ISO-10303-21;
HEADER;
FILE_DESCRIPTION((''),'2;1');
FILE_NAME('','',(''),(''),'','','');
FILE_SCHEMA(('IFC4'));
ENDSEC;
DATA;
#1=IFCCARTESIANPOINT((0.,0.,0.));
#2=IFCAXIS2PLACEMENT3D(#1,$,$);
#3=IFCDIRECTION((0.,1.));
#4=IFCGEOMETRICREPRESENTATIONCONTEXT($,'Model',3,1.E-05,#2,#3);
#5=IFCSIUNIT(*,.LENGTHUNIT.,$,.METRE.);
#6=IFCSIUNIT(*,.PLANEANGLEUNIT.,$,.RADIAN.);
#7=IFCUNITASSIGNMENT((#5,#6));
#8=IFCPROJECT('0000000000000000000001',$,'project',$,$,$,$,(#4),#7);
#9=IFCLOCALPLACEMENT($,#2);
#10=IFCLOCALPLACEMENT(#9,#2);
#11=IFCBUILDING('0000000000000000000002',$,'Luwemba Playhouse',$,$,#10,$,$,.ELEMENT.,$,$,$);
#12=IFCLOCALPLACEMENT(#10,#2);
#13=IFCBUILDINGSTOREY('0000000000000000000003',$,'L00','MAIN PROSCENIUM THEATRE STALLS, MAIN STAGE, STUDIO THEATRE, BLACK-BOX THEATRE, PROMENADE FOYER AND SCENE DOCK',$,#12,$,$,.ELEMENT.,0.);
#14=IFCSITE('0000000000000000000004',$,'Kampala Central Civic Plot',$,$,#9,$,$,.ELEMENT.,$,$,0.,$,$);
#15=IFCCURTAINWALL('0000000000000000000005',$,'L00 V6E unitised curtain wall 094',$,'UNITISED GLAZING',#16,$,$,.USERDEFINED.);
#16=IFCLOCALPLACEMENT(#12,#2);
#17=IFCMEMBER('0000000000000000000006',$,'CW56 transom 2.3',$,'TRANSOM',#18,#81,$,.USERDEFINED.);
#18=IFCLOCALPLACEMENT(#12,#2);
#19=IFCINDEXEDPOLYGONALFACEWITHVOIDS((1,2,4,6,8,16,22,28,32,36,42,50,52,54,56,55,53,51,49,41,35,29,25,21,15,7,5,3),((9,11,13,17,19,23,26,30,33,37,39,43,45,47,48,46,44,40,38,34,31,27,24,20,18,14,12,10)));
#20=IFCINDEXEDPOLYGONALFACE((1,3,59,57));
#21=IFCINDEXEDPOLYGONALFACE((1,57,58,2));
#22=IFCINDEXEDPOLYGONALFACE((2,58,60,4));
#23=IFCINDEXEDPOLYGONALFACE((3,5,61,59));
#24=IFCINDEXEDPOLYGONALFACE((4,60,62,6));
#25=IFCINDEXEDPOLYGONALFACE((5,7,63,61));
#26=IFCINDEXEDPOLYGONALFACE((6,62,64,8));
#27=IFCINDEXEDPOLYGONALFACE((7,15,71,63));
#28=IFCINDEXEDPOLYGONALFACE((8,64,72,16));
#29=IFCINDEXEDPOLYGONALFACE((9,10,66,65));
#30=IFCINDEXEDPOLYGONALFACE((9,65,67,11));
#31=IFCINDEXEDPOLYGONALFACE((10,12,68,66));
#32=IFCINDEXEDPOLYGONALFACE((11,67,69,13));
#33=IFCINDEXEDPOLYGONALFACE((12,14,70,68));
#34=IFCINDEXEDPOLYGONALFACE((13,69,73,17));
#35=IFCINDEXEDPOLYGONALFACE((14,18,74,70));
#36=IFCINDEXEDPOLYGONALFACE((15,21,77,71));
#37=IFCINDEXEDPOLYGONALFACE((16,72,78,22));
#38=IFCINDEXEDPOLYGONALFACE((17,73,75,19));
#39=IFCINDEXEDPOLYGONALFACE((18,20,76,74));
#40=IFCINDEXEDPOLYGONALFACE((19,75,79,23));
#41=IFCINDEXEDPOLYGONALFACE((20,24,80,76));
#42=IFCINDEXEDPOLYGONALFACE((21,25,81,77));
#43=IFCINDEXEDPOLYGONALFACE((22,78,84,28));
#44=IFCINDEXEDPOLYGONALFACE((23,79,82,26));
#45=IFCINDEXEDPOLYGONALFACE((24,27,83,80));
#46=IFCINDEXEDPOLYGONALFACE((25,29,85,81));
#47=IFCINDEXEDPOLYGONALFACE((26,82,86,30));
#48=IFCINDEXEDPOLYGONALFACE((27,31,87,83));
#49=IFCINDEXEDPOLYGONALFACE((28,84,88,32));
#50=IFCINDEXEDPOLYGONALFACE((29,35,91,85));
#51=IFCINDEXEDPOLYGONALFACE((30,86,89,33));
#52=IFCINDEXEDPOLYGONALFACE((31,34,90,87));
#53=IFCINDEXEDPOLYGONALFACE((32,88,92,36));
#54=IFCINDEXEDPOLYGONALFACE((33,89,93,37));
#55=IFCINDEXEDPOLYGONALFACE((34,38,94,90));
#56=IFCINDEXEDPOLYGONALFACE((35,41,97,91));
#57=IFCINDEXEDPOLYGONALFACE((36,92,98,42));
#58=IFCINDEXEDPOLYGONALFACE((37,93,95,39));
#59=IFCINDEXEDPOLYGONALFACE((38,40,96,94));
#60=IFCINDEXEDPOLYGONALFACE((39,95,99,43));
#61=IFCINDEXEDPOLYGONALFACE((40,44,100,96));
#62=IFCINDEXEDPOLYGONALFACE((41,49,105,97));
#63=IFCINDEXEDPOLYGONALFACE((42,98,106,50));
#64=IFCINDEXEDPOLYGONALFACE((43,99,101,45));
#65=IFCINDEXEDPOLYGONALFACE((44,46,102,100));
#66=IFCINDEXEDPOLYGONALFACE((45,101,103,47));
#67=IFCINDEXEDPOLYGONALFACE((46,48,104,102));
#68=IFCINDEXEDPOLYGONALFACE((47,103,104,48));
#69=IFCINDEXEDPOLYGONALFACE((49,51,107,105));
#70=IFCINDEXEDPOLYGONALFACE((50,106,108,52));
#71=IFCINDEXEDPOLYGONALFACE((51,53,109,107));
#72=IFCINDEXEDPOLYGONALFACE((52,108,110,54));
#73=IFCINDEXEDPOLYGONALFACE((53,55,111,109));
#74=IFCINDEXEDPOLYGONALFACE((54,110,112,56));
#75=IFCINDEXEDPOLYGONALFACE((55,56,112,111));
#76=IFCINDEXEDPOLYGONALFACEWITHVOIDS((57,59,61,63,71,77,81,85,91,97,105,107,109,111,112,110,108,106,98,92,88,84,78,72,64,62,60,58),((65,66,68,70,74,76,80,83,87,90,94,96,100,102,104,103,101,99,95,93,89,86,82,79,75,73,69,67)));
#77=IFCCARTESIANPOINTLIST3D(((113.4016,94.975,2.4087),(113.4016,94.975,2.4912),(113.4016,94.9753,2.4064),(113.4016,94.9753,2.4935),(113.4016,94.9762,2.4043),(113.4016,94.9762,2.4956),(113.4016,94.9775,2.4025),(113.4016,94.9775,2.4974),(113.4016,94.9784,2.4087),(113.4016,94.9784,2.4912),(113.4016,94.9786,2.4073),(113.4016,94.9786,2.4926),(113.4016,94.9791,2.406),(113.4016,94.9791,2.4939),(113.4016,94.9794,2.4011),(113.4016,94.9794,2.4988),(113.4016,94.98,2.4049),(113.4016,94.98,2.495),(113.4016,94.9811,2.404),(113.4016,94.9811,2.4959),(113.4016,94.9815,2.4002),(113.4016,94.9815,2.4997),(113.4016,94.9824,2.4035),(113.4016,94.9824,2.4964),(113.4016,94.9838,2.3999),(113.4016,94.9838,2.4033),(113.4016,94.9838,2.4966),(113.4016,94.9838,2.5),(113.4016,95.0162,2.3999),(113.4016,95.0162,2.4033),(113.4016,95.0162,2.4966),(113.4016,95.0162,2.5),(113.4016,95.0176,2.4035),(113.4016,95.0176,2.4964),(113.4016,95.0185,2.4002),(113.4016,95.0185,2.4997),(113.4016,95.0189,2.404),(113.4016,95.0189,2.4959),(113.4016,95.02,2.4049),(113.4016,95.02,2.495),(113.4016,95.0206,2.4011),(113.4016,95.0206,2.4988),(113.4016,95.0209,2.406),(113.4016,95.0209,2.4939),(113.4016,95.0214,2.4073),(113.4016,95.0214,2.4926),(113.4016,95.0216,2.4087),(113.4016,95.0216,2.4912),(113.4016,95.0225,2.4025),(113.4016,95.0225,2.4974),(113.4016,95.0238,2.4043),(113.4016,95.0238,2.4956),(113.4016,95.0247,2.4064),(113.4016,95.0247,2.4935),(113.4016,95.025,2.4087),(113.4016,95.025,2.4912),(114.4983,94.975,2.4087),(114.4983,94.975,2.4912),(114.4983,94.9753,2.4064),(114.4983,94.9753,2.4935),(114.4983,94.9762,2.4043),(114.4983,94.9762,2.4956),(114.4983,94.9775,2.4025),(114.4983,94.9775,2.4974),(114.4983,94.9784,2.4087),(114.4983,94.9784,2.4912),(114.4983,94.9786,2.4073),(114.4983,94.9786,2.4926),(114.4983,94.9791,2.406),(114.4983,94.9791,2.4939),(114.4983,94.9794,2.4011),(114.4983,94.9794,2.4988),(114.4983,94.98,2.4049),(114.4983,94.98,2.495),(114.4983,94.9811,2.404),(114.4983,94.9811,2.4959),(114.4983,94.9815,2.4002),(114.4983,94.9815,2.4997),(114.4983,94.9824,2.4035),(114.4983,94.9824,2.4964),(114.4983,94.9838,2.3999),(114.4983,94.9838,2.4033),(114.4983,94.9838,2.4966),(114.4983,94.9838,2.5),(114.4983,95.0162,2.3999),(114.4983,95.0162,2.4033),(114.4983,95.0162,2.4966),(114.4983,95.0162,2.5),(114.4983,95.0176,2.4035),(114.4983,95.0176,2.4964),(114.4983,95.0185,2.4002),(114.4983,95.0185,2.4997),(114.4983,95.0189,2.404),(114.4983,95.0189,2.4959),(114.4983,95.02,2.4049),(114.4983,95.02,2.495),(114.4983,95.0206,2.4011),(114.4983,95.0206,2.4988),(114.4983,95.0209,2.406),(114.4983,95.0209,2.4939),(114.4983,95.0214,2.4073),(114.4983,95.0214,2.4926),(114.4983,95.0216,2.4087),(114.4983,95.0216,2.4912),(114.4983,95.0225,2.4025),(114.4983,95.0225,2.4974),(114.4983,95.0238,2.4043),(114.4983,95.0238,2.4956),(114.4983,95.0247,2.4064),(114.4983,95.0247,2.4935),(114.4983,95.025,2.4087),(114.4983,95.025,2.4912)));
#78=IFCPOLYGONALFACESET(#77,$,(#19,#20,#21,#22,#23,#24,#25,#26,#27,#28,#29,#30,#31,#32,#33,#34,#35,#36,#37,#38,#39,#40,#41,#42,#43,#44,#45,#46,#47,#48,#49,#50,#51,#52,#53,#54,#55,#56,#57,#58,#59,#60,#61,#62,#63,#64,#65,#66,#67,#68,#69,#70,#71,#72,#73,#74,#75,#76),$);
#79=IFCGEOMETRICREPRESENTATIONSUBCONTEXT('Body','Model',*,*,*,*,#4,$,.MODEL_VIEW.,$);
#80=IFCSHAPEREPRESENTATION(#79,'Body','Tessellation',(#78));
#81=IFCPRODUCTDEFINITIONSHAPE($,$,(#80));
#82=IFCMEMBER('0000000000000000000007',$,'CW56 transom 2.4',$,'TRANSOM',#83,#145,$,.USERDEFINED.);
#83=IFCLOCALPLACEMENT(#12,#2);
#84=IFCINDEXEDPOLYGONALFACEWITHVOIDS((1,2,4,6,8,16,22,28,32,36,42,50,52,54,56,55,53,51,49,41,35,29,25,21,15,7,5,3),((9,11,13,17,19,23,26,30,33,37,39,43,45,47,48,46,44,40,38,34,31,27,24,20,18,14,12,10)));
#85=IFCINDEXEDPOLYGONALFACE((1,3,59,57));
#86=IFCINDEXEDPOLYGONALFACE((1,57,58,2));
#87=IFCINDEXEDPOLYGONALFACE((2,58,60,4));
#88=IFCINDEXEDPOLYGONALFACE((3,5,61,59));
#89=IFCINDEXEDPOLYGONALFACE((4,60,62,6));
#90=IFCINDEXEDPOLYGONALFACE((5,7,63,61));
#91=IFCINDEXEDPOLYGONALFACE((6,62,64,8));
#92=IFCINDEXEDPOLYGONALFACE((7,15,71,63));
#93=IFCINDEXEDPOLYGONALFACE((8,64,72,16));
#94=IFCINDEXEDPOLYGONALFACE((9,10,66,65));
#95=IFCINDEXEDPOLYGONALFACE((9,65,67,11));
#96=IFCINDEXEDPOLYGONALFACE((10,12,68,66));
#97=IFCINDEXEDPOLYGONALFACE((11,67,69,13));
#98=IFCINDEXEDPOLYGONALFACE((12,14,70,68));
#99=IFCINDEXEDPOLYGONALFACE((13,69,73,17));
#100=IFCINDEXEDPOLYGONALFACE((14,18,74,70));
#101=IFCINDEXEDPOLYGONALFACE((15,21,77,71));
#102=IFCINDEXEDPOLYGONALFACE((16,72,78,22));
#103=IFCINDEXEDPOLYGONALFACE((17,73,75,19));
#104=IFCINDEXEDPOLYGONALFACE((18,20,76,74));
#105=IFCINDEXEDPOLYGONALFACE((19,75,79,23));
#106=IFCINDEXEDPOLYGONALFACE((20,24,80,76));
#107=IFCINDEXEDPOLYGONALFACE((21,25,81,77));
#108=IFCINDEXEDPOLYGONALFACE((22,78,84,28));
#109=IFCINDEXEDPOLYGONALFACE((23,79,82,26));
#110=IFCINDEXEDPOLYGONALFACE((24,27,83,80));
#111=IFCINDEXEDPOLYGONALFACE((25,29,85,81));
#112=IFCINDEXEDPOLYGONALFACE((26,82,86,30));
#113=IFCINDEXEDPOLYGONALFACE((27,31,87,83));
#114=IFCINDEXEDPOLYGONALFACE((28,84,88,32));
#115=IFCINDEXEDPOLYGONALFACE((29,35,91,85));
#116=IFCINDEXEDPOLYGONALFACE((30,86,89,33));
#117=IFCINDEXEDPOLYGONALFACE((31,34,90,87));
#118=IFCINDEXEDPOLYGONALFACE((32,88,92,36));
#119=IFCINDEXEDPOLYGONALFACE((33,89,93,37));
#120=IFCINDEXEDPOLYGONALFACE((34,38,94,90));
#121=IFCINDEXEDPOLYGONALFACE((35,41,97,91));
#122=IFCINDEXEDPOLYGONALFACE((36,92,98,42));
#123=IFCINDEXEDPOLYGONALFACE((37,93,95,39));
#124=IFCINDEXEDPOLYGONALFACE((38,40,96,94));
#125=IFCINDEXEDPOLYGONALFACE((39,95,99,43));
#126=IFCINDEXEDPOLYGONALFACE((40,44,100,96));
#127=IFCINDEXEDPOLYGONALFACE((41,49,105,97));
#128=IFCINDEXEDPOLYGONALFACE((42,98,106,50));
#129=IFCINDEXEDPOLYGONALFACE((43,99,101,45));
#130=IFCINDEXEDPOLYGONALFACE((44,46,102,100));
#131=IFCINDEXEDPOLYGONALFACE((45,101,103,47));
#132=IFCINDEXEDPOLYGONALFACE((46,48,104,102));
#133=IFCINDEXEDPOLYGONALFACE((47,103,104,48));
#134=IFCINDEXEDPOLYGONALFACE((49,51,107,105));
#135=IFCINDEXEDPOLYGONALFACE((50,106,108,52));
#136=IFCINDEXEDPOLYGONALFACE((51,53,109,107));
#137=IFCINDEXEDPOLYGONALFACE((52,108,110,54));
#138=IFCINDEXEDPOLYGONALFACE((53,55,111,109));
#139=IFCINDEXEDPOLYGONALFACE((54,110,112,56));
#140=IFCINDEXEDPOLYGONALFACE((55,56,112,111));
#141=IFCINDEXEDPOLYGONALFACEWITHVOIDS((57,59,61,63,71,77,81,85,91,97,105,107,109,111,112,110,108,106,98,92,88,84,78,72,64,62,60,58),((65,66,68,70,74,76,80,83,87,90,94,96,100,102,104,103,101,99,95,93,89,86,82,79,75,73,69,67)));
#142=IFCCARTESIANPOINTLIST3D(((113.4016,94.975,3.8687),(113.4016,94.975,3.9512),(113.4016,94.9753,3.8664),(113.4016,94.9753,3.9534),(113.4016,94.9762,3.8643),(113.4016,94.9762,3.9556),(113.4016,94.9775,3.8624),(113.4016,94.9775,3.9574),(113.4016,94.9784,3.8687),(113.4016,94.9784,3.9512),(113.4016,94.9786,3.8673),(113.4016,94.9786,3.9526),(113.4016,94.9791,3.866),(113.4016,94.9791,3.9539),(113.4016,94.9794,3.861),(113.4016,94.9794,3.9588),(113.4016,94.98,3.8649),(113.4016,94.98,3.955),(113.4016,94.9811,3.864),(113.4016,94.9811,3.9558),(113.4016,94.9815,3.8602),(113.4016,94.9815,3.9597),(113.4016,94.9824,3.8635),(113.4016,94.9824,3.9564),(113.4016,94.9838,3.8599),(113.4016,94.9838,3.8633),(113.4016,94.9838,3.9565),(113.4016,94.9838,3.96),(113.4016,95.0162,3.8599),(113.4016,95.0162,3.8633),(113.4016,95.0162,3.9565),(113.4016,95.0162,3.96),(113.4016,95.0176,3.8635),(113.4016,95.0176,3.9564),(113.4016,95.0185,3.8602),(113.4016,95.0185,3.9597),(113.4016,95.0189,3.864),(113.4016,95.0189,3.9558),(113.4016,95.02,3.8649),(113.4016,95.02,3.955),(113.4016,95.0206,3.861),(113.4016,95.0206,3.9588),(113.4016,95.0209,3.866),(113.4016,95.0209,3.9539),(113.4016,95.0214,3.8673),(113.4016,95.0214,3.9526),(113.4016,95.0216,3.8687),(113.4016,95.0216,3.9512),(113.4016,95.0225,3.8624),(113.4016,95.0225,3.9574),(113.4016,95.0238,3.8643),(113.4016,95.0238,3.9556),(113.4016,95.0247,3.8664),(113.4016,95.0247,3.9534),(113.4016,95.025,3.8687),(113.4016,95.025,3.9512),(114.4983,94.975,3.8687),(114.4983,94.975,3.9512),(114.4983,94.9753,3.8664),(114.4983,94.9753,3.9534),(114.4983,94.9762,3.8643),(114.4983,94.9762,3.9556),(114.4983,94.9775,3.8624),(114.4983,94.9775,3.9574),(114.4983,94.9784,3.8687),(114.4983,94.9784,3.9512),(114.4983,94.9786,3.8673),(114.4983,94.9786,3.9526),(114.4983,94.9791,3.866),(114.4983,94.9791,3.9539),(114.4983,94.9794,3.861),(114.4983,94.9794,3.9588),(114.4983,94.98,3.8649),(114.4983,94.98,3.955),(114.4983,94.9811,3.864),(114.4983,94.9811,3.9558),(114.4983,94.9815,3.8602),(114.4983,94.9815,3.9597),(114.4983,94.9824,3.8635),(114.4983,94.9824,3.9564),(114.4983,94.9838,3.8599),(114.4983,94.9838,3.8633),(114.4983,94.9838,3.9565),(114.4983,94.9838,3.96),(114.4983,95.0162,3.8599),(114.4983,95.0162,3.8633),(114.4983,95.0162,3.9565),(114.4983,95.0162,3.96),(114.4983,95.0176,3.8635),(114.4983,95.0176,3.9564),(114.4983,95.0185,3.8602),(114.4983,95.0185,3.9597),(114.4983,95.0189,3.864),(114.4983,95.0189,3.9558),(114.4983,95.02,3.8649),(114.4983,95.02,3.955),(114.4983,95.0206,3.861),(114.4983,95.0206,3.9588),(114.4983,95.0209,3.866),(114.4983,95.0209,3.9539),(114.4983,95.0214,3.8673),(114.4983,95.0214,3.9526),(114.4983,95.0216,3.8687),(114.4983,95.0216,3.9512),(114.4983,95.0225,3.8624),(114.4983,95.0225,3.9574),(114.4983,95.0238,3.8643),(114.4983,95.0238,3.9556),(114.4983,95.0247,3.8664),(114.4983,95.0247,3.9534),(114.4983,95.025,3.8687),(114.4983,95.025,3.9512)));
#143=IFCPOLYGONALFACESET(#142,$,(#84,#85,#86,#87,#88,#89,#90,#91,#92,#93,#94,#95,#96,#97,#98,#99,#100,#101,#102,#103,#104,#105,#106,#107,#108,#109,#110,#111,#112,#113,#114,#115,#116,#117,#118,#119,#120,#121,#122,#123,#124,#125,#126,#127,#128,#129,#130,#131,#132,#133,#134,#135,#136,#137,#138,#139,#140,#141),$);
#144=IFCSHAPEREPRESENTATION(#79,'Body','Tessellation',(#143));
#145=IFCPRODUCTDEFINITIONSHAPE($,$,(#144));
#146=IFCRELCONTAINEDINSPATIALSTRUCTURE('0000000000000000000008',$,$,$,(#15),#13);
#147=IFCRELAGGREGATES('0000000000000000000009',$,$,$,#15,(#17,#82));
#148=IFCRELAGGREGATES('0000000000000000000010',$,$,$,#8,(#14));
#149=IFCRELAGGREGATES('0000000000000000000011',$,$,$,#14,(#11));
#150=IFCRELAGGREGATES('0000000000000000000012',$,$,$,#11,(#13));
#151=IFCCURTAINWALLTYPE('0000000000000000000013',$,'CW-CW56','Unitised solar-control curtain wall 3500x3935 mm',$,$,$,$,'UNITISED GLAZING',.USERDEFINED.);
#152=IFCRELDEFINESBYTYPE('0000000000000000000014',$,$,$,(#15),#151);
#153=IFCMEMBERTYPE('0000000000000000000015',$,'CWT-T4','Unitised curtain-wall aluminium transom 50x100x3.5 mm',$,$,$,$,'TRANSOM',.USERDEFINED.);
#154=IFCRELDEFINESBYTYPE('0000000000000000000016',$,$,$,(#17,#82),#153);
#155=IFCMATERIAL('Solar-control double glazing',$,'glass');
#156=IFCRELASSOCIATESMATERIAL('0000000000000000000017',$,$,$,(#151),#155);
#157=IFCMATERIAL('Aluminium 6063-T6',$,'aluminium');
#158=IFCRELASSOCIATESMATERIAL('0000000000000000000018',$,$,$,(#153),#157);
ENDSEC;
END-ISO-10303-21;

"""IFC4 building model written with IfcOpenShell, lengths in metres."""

from ifc_helpers import new_model, si_unit, direction, frame, origin, origin_2d, place, context, subcontext, project, spatial, hollow_rectangle, extrude, material, material_profile, profile_set, type_object, element, aggregate, save


model = new_model("IFC4")

# Units and contexts
model_context = context("Model", 3, precision=1e-05, world=origin(), true_north=direction((0.0, 1.0)))
body_context = subcontext(model_context, "Body", "Model", "MODEL_VIEW")
ifc_project = project(units=[si_unit("LENGTHUNIT", "METRE"), si_unit("PLANEANGLEUNIT", "RADIAN")], contexts=[model_context])

# Site, building, storey
site_placement = place(None, origin())
site = spatial("IfcSite", under=ifc_project, at=site_placement, Name="Kampala Central Civic Plot", CompositionType="ELEMENT", RefElevation=0.0)
building_placement = place(site_placement, origin())
building = spatial("IfcBuilding", under=site, at=building_placement, Name="Luwemba Playhouse", CompositionType="ELEMENT")
storey_placement = place(building_placement, origin())
storey = spatial("IfcBuildingStorey", under=building, at=storey_placement, Name="L00", Description="MAIN PROSCENIUM THEATRE STALLS, MAIN STAGE, STUDIO THEATRE, BLACK-BOX THEATRE, PROMENADE FOYER AND SCENE DOCK", CompositionType="ELEMENT", Elevation=0.0)

# Curtain wall, members
ifc_material_1 = material(Name="Solar-control double glazing", Category="glass")
curtain_wall_type = type_object("IfcCurtainWallType", Name="CW-CW56", Description="Unitised solar-control curtain wall 3500x3935 mm", ElementType="UNITISED GLAZING", PredefinedType="USERDEFINED", material=ifc_material_1)
curtain_wall_placement = place(storey_placement, origin())
curtain_wall = element("IfcCurtainWall", 1, at=curtain_wall_placement, inside=storey, type_object=curtain_wall_type, Name="L00 V6E unitised curtain wall 094", ObjectType="UNITISED GLAZING", PredefinedType="USERDEFINED")
ifc_material_2 = material(Name="Aluminium 6063-T6", Category="aluminium")
ifc_material_profile_1 = material_profile(ifc_material_2, hollow_rectangle(XDim=0.05, YDim=0.1001, WallThickness=0.0034, InnerFilletRadius=0.0054, OuterFilletRadius=0.0088, at=origin_2d()))
ifc_profile_set_1 = profile_set([ifc_material_profile_1], Name="Aluminium 6063-T6")
member_type_1 = type_object("IfcMemberType", Name="CWT-T4", Description="Unitised curtain-wall aluminium transom 50x100x3.5 mm", ElementType="TRANSOM", PredefinedType="USERDEFINED", material=ifc_profile_set_1)
member_1_placement = place(storey_placement, frame((114.4983, 95.0, 2.45), z_axis=(-1.0, 0.0, 0.0), x_axis=(0.0, -1.0, 0.0)))
member_1 = element("IfcMember", 2, at=member_1_placement, type_object=member_type_1, Name="CW56 transom 2.3", ObjectType="TRANSOM", PredefinedType="USERDEFINED", context=body_context, shape_type="SweptSolid", body=[
    extrude(hollow_rectangle(XDim=0.05, YDim=0.1001, WallThickness=0.0034, InnerFilletRadius=0.0054, OuterFilletRadius=0.0088, at=origin_2d()), origin(), (0.0, 0.0, 1.0), 1.0967),
])
member_2_placement = place(storey_placement, frame((114.4983, 95.0, 3.9099), z_axis=(-1.0, 0.0, 0.0), x_axis=(0.0, -1.0, 0.0)))
member_2 = element("IfcMember", 3, at=member_2_placement, type_object=member_type_1, Name="CW56 transom 2.4", ObjectType="TRANSOM", PredefinedType="USERDEFINED", context=body_context, shape_type="SweptSolid", body=[
    extrude(hollow_rectangle(XDim=0.05, YDim=0.1001, WallThickness=0.0034, InnerFilletRadius=0.0054, OuterFilletRadius=0.0088, at=origin_2d()), origin(), (0.0, 0.0, 1.0), 1.0967),
])
aggregate(curtain_wall, [member_1, member_2])

save(model, "model.ifc")
